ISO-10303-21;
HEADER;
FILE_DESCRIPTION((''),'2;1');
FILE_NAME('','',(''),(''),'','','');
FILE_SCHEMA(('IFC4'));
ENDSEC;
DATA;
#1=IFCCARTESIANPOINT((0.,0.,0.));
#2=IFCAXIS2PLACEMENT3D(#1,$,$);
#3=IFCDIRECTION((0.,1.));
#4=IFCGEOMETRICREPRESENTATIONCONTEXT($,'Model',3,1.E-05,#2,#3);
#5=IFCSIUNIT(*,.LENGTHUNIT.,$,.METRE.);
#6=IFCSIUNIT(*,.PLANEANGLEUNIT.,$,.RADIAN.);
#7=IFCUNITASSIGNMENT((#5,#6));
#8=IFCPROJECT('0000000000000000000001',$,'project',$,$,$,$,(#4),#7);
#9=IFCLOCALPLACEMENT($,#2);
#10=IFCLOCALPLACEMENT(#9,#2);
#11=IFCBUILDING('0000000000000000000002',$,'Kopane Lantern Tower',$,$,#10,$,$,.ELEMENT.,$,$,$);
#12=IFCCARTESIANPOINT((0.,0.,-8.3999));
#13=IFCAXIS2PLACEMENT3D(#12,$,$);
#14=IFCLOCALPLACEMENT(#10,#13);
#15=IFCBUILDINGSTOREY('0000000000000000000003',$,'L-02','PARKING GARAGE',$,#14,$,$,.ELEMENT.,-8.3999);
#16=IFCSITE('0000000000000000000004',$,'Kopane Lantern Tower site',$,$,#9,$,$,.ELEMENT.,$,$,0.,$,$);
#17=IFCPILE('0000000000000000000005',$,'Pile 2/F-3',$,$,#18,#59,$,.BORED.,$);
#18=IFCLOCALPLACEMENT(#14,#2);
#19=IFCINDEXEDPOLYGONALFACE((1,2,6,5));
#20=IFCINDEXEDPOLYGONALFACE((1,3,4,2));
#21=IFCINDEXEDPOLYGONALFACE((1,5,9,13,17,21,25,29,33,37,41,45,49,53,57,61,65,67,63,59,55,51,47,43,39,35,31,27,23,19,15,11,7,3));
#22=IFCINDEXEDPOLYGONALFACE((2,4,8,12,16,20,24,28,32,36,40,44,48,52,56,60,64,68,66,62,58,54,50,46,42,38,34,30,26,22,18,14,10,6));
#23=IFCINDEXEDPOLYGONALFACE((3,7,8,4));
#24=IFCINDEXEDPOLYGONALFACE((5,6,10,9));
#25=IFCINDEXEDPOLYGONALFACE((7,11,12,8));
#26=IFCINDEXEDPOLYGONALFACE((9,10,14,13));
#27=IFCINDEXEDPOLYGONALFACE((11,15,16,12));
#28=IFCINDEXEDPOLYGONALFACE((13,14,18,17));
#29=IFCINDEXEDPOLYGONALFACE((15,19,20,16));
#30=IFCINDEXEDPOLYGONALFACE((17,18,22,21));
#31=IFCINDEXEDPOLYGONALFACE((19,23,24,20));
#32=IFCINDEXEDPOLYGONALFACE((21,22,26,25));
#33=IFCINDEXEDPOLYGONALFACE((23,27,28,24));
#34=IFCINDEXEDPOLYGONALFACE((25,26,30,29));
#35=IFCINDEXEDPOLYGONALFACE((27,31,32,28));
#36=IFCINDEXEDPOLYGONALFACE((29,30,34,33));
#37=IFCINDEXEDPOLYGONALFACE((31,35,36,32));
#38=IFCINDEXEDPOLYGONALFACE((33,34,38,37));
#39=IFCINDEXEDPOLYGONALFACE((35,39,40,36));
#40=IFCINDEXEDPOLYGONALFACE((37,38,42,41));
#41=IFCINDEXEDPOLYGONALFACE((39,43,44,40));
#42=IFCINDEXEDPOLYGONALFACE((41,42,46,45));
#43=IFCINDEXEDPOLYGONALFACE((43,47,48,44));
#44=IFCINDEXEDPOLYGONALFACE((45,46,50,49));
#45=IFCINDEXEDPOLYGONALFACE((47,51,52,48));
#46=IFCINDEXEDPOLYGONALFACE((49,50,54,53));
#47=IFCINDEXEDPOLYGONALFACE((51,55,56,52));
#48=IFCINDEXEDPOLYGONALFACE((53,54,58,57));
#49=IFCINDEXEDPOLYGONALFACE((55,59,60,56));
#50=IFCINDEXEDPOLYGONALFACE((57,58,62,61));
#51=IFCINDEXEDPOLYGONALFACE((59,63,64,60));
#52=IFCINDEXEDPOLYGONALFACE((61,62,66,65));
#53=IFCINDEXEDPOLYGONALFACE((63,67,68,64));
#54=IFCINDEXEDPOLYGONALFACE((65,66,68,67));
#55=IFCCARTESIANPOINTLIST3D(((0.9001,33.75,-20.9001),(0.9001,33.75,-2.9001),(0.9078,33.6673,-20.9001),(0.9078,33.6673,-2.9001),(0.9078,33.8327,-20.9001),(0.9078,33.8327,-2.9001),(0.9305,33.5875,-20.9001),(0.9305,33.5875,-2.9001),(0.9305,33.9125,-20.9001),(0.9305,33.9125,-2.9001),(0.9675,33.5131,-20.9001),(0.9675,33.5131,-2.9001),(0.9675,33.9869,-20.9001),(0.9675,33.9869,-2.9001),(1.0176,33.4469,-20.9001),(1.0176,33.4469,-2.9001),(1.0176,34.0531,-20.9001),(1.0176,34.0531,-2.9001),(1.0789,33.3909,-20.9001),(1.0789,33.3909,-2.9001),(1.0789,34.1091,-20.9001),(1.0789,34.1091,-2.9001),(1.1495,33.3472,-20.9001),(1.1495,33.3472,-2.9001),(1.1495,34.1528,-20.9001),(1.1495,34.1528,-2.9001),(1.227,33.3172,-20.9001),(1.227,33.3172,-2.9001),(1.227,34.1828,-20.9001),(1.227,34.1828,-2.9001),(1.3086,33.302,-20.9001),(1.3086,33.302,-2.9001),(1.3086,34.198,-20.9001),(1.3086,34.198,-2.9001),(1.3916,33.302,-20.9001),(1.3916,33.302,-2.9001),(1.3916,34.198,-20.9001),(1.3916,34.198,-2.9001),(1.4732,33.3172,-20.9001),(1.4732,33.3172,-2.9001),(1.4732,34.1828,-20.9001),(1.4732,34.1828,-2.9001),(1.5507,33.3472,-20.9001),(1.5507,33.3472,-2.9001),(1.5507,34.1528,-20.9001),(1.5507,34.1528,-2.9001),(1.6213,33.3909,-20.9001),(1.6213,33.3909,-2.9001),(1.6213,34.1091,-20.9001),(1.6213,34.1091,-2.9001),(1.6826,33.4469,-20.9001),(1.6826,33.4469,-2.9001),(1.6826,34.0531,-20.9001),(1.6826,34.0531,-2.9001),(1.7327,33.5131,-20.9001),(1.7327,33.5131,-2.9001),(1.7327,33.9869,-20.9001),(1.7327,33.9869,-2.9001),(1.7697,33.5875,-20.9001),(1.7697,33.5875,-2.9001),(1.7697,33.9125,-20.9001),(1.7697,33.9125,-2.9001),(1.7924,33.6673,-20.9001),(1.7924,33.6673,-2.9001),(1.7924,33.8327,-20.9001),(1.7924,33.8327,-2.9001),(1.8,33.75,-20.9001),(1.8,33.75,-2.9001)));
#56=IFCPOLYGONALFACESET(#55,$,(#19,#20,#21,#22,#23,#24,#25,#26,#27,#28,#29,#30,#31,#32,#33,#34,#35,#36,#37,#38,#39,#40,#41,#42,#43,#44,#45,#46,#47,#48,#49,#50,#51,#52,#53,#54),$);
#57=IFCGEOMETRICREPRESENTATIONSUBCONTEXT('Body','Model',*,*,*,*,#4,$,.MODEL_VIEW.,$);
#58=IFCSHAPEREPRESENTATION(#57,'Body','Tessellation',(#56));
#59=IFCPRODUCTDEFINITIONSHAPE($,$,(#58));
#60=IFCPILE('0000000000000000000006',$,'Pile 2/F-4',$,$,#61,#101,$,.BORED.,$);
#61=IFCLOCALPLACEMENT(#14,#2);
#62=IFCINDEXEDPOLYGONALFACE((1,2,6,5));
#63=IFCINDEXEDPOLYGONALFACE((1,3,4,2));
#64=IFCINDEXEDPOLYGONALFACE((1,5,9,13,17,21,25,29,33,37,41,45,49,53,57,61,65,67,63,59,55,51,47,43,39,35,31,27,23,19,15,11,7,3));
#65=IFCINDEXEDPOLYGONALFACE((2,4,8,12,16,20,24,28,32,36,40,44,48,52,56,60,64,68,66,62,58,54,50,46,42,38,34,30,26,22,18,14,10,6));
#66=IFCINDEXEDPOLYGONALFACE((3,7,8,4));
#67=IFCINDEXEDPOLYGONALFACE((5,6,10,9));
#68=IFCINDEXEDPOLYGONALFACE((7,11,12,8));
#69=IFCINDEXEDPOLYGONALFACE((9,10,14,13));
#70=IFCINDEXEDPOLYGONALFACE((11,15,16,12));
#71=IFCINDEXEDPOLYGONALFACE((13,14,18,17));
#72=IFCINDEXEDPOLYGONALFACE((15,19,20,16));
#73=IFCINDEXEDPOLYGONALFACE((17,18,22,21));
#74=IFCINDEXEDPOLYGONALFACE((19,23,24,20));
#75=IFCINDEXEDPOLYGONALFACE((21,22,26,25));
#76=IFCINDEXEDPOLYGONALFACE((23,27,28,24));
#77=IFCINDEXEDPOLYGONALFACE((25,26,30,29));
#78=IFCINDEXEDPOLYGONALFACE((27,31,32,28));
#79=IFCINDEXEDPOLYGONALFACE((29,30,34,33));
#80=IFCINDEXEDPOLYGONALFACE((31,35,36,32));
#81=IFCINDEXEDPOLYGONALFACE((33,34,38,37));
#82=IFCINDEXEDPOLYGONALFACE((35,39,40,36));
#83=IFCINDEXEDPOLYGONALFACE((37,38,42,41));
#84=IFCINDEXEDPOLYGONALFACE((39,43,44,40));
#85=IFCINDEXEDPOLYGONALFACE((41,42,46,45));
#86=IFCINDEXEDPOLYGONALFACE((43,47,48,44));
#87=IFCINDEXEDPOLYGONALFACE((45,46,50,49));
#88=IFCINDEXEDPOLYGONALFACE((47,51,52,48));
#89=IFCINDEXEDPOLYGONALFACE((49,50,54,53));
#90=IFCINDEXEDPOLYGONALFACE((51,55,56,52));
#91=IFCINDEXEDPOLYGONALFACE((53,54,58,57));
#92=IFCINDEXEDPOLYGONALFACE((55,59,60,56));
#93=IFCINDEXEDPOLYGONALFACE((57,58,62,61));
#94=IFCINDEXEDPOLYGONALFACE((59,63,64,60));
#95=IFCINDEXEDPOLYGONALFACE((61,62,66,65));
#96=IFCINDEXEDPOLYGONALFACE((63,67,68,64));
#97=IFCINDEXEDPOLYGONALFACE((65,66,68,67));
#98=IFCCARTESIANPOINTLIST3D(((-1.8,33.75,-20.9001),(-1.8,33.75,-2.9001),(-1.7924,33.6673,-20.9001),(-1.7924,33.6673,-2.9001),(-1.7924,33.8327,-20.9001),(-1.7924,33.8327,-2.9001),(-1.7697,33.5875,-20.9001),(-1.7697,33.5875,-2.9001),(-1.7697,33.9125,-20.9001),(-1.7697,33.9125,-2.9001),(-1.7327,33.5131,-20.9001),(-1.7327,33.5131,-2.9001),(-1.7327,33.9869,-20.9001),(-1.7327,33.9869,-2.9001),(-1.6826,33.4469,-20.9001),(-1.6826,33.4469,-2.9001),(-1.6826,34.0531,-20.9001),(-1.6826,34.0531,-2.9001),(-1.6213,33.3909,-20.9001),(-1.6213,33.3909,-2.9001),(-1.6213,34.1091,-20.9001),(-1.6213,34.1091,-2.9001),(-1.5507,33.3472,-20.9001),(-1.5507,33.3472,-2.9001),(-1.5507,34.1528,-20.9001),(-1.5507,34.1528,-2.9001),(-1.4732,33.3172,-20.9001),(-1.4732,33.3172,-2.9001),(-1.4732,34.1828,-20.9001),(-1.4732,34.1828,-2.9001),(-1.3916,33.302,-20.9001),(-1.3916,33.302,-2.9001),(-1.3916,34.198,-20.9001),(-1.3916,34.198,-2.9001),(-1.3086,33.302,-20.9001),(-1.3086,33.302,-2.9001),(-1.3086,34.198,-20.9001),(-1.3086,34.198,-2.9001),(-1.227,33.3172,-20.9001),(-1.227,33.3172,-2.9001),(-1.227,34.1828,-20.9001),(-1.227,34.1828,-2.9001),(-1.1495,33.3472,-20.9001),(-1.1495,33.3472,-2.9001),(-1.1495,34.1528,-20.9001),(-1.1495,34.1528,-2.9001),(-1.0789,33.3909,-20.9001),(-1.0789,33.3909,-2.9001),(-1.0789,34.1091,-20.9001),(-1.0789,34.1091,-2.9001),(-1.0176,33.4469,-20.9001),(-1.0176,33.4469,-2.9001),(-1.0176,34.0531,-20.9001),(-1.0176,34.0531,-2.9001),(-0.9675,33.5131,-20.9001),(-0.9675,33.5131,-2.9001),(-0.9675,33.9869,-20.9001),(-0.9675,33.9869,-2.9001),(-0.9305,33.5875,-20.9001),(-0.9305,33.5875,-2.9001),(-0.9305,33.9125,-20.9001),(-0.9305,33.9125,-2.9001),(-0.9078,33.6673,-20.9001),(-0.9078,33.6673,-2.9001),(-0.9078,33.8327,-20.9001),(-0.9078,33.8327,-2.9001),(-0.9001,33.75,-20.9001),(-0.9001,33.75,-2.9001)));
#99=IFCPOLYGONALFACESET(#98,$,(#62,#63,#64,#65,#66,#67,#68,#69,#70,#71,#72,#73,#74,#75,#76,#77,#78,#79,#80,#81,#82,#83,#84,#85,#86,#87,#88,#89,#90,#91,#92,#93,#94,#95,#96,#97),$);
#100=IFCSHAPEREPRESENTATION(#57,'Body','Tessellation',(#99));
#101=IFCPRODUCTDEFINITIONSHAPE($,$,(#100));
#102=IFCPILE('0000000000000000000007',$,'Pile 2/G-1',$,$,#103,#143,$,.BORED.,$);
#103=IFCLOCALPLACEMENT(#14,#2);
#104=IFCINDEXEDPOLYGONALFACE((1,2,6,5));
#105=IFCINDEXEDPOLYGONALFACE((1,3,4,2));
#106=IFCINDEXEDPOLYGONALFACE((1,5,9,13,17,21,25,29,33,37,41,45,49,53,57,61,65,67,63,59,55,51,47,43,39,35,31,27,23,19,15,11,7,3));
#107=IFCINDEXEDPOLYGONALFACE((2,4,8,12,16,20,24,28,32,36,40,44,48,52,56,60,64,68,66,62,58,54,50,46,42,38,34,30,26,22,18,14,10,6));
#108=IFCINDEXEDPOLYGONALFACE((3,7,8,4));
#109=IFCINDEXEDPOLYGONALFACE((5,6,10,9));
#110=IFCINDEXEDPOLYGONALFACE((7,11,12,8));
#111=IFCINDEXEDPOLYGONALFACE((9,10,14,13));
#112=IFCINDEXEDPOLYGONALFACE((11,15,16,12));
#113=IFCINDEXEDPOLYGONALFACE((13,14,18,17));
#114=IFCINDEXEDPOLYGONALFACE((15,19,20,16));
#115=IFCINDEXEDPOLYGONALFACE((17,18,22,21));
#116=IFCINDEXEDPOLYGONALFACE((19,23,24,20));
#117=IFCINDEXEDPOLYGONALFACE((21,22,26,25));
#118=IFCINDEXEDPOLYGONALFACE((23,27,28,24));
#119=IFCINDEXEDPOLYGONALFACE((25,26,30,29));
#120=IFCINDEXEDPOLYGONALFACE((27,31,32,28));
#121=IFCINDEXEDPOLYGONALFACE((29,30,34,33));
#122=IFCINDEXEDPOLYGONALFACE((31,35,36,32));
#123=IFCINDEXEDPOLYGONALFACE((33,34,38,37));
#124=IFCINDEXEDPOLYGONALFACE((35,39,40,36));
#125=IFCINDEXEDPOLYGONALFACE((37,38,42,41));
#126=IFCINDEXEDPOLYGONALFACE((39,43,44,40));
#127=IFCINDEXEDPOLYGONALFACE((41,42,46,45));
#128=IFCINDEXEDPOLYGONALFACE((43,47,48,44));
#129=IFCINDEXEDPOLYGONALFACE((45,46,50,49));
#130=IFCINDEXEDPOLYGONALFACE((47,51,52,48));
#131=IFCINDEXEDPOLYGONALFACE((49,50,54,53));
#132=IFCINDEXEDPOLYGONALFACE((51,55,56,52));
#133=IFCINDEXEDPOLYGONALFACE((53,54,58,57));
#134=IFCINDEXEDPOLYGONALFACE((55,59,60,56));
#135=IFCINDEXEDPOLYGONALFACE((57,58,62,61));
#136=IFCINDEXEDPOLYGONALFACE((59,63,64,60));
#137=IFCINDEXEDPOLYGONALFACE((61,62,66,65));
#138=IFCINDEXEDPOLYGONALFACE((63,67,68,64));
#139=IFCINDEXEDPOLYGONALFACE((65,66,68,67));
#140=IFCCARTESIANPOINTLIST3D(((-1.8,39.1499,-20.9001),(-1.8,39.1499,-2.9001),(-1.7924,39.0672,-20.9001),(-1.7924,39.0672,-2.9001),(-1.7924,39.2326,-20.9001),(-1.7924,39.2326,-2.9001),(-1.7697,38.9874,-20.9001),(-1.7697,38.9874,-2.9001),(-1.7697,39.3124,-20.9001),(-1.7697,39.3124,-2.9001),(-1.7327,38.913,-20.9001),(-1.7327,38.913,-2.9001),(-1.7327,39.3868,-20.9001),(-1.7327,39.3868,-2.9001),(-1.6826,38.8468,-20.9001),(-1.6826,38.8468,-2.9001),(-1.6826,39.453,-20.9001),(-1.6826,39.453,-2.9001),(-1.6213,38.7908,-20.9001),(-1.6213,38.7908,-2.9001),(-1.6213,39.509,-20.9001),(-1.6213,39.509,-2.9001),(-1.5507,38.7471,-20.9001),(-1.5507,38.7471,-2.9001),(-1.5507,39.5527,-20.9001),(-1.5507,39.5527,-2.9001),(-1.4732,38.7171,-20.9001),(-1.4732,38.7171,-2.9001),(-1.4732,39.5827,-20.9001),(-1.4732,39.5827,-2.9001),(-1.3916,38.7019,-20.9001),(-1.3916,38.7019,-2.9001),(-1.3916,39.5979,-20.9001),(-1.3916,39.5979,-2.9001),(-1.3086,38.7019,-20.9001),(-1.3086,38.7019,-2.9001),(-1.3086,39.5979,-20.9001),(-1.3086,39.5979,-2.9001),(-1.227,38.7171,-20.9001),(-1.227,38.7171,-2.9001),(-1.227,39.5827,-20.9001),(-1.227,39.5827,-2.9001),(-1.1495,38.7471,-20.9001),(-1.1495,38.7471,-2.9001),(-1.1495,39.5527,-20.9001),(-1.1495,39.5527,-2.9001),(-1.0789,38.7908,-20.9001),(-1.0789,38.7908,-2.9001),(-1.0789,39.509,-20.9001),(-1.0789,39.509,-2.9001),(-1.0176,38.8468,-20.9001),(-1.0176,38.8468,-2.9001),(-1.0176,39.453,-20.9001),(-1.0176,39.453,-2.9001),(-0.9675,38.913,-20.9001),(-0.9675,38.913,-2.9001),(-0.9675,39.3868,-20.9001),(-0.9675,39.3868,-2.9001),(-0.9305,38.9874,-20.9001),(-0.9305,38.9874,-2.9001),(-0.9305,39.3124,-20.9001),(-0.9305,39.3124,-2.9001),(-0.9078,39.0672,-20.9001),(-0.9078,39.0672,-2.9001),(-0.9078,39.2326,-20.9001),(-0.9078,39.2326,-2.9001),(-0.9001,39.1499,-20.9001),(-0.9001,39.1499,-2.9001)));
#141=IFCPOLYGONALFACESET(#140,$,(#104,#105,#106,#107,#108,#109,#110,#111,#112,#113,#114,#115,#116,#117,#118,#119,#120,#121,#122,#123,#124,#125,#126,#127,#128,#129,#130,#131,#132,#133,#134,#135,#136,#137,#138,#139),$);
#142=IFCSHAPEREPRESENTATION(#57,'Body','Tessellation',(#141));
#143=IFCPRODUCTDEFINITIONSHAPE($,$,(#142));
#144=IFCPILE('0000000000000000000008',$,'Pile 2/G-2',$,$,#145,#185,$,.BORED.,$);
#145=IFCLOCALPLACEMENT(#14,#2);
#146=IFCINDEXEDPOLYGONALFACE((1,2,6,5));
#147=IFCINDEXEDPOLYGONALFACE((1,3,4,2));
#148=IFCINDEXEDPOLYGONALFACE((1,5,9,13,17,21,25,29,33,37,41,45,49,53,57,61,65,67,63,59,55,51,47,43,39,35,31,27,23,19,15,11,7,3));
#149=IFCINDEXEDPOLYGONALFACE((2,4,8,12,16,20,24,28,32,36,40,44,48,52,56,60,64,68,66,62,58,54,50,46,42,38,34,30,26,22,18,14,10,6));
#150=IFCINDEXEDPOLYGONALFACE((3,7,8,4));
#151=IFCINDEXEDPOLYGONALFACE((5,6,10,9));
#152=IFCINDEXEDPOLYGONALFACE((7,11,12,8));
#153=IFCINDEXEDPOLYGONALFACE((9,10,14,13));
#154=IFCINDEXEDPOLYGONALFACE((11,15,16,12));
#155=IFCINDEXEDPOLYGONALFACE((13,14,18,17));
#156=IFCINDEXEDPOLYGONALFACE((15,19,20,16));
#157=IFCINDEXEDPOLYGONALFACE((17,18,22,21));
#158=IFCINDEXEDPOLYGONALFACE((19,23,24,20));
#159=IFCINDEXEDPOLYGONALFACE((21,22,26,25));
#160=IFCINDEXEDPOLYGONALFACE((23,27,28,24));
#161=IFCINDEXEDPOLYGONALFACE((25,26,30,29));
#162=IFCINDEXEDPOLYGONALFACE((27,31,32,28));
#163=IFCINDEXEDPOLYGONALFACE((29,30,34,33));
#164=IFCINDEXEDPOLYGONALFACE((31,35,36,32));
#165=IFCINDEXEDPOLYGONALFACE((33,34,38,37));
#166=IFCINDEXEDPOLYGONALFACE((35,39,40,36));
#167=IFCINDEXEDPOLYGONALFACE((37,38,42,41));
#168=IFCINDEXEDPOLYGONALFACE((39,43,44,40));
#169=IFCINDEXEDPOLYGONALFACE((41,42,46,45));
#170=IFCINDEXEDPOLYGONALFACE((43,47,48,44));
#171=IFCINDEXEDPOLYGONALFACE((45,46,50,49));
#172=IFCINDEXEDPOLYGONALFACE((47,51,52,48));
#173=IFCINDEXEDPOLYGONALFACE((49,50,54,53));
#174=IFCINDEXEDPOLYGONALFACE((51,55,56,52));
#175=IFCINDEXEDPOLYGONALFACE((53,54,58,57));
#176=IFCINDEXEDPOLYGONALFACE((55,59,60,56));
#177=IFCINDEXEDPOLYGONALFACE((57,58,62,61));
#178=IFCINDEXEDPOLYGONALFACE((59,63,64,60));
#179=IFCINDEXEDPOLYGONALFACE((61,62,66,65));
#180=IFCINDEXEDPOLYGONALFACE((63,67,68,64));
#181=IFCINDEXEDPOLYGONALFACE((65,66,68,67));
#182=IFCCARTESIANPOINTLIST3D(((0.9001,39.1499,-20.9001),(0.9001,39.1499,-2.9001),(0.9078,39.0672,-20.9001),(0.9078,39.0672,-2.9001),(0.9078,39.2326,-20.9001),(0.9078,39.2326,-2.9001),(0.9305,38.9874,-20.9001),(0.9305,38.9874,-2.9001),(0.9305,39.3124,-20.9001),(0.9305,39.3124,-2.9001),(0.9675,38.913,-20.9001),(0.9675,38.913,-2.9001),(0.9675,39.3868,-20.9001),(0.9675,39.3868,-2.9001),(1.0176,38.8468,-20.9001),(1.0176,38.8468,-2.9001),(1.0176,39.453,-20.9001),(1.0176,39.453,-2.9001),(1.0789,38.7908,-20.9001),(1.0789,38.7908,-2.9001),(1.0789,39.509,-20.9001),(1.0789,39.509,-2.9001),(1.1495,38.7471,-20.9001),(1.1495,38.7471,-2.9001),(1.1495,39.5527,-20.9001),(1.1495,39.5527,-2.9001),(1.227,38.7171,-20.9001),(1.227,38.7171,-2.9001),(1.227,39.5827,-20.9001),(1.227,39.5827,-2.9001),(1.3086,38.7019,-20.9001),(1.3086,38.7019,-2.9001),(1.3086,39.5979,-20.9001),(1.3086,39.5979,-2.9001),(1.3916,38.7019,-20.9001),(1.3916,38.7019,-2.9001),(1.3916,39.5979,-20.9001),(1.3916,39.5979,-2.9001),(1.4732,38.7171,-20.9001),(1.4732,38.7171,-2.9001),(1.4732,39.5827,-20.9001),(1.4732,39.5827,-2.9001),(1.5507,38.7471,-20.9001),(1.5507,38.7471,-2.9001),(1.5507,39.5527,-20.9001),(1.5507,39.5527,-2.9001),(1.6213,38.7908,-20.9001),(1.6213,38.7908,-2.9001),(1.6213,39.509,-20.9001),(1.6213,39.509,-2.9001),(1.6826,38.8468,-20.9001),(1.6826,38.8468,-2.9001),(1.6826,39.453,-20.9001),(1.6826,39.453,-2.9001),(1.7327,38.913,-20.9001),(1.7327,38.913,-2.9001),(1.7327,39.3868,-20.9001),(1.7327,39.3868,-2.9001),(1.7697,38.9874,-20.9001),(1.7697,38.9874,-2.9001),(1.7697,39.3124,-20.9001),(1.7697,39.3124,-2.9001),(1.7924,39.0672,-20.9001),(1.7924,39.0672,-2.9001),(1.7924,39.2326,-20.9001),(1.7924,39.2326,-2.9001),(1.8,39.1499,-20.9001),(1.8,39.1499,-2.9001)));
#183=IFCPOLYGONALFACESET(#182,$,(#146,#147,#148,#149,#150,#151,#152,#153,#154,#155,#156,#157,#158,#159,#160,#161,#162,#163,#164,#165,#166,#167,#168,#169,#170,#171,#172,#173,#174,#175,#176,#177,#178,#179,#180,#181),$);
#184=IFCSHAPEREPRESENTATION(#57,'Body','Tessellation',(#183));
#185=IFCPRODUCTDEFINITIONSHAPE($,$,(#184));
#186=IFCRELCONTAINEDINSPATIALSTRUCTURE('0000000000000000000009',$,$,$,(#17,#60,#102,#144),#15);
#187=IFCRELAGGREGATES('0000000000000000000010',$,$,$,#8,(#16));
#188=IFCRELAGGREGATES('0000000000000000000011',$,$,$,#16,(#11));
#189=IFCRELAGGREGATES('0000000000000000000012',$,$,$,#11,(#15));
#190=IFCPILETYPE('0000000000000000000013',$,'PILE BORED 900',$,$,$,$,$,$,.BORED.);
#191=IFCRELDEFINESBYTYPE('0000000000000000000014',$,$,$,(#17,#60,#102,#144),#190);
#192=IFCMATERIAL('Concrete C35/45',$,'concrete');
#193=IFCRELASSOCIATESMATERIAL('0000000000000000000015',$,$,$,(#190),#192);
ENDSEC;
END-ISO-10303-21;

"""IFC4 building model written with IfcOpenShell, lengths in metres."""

from ifc_helpers import new_model, si_unit, direction, frame, origin, origin_2d, place, context, subcontext, project, spatial, circle, extrude, material, material_profile, profile_set, type_object, element, save


model = new_model("IFC4")

# Units and contexts
model_context = context("Model", 3, precision=1e-05, world=origin(), true_north=direction((0.0, 1.0)))
body_context = subcontext(model_context, "Body", "Model", "MODEL_VIEW")
ifc_project = project(units=[si_unit("LENGTHUNIT", "METRE"), si_unit("PLANEANGLEUNIT", "RADIAN")], contexts=[model_context])

# Site, building, storey
site_placement = place(None, origin())
site = spatial("IfcSite", under=ifc_project, at=site_placement, Name="Kopane Lantern Tower site", CompositionType="ELEMENT", RefElevation=0.0)
building_placement = place(site_placement, origin())
building = spatial("IfcBuilding", under=site, at=building_placement, Name="Kopane Lantern Tower", CompositionType="ELEMENT")
storey_placement = place(building_placement, frame((0.0, 0.0, -8.3999)))
storey = spatial("IfcBuildingStorey", under=building, at=storey_placement, Name="L-02", Description="PARKING GARAGE", CompositionType="ELEMENT", Elevation=-8.3999)

# Piles
ifc_material_1 = material(Name="Concrete C35/45", Category="concrete")
ifc_material_profile_1 = material_profile(ifc_material_1, circle(Radius=0.45, at=origin_2d()), Name="D900")
ifc_profile_set_1 = profile_set([ifc_material_profile_1], Name="Concrete C35/45")
pile_type_1 = type_object("IfcPileType", Name="PILE BORED 900", PredefinedType="BORED", material=ifc_profile_set_1)
for number, where, z_axis, x_axis, name in (
    (1, (1.3501, 33.75, -2.9001), (0.0, 0.0, -1.0), (1.0, 0.0, 0.0), "Pile 2/F-3"),
    (2, (-1.3501, 33.75, -2.9001), (0.0, 0.0, -1.0), (1.0, 0.0, 0.0), "Pile 2/F-4"),
    (3, (-1.3501, 39.1499, -2.9001), (0.0, 0.0, -1.0), (1.0, 0.0, 0.0), "Pile 2/G-1"),
    (4, (1.3501, 39.1499, -2.9001), (0.0, 0.0, -1.0), (1.0, 0.0, 0.0), "Pile 2/G-2"),
):
    element("IfcPile", number, at=place(storey_placement, frame(where, z_axis=z_axis, x_axis=x_axis)), inside=storey, type_object=pile_type_1, Name=name, PredefinedType="BORED", context=body_context, shape_type="SweptSolid", body=[
        extrude(circle(Radius=0.45, at=origin_2d()), origin(), (0.0, 0.0, 1.0), 18.0),
    ])

save(model, "model.ifc")
